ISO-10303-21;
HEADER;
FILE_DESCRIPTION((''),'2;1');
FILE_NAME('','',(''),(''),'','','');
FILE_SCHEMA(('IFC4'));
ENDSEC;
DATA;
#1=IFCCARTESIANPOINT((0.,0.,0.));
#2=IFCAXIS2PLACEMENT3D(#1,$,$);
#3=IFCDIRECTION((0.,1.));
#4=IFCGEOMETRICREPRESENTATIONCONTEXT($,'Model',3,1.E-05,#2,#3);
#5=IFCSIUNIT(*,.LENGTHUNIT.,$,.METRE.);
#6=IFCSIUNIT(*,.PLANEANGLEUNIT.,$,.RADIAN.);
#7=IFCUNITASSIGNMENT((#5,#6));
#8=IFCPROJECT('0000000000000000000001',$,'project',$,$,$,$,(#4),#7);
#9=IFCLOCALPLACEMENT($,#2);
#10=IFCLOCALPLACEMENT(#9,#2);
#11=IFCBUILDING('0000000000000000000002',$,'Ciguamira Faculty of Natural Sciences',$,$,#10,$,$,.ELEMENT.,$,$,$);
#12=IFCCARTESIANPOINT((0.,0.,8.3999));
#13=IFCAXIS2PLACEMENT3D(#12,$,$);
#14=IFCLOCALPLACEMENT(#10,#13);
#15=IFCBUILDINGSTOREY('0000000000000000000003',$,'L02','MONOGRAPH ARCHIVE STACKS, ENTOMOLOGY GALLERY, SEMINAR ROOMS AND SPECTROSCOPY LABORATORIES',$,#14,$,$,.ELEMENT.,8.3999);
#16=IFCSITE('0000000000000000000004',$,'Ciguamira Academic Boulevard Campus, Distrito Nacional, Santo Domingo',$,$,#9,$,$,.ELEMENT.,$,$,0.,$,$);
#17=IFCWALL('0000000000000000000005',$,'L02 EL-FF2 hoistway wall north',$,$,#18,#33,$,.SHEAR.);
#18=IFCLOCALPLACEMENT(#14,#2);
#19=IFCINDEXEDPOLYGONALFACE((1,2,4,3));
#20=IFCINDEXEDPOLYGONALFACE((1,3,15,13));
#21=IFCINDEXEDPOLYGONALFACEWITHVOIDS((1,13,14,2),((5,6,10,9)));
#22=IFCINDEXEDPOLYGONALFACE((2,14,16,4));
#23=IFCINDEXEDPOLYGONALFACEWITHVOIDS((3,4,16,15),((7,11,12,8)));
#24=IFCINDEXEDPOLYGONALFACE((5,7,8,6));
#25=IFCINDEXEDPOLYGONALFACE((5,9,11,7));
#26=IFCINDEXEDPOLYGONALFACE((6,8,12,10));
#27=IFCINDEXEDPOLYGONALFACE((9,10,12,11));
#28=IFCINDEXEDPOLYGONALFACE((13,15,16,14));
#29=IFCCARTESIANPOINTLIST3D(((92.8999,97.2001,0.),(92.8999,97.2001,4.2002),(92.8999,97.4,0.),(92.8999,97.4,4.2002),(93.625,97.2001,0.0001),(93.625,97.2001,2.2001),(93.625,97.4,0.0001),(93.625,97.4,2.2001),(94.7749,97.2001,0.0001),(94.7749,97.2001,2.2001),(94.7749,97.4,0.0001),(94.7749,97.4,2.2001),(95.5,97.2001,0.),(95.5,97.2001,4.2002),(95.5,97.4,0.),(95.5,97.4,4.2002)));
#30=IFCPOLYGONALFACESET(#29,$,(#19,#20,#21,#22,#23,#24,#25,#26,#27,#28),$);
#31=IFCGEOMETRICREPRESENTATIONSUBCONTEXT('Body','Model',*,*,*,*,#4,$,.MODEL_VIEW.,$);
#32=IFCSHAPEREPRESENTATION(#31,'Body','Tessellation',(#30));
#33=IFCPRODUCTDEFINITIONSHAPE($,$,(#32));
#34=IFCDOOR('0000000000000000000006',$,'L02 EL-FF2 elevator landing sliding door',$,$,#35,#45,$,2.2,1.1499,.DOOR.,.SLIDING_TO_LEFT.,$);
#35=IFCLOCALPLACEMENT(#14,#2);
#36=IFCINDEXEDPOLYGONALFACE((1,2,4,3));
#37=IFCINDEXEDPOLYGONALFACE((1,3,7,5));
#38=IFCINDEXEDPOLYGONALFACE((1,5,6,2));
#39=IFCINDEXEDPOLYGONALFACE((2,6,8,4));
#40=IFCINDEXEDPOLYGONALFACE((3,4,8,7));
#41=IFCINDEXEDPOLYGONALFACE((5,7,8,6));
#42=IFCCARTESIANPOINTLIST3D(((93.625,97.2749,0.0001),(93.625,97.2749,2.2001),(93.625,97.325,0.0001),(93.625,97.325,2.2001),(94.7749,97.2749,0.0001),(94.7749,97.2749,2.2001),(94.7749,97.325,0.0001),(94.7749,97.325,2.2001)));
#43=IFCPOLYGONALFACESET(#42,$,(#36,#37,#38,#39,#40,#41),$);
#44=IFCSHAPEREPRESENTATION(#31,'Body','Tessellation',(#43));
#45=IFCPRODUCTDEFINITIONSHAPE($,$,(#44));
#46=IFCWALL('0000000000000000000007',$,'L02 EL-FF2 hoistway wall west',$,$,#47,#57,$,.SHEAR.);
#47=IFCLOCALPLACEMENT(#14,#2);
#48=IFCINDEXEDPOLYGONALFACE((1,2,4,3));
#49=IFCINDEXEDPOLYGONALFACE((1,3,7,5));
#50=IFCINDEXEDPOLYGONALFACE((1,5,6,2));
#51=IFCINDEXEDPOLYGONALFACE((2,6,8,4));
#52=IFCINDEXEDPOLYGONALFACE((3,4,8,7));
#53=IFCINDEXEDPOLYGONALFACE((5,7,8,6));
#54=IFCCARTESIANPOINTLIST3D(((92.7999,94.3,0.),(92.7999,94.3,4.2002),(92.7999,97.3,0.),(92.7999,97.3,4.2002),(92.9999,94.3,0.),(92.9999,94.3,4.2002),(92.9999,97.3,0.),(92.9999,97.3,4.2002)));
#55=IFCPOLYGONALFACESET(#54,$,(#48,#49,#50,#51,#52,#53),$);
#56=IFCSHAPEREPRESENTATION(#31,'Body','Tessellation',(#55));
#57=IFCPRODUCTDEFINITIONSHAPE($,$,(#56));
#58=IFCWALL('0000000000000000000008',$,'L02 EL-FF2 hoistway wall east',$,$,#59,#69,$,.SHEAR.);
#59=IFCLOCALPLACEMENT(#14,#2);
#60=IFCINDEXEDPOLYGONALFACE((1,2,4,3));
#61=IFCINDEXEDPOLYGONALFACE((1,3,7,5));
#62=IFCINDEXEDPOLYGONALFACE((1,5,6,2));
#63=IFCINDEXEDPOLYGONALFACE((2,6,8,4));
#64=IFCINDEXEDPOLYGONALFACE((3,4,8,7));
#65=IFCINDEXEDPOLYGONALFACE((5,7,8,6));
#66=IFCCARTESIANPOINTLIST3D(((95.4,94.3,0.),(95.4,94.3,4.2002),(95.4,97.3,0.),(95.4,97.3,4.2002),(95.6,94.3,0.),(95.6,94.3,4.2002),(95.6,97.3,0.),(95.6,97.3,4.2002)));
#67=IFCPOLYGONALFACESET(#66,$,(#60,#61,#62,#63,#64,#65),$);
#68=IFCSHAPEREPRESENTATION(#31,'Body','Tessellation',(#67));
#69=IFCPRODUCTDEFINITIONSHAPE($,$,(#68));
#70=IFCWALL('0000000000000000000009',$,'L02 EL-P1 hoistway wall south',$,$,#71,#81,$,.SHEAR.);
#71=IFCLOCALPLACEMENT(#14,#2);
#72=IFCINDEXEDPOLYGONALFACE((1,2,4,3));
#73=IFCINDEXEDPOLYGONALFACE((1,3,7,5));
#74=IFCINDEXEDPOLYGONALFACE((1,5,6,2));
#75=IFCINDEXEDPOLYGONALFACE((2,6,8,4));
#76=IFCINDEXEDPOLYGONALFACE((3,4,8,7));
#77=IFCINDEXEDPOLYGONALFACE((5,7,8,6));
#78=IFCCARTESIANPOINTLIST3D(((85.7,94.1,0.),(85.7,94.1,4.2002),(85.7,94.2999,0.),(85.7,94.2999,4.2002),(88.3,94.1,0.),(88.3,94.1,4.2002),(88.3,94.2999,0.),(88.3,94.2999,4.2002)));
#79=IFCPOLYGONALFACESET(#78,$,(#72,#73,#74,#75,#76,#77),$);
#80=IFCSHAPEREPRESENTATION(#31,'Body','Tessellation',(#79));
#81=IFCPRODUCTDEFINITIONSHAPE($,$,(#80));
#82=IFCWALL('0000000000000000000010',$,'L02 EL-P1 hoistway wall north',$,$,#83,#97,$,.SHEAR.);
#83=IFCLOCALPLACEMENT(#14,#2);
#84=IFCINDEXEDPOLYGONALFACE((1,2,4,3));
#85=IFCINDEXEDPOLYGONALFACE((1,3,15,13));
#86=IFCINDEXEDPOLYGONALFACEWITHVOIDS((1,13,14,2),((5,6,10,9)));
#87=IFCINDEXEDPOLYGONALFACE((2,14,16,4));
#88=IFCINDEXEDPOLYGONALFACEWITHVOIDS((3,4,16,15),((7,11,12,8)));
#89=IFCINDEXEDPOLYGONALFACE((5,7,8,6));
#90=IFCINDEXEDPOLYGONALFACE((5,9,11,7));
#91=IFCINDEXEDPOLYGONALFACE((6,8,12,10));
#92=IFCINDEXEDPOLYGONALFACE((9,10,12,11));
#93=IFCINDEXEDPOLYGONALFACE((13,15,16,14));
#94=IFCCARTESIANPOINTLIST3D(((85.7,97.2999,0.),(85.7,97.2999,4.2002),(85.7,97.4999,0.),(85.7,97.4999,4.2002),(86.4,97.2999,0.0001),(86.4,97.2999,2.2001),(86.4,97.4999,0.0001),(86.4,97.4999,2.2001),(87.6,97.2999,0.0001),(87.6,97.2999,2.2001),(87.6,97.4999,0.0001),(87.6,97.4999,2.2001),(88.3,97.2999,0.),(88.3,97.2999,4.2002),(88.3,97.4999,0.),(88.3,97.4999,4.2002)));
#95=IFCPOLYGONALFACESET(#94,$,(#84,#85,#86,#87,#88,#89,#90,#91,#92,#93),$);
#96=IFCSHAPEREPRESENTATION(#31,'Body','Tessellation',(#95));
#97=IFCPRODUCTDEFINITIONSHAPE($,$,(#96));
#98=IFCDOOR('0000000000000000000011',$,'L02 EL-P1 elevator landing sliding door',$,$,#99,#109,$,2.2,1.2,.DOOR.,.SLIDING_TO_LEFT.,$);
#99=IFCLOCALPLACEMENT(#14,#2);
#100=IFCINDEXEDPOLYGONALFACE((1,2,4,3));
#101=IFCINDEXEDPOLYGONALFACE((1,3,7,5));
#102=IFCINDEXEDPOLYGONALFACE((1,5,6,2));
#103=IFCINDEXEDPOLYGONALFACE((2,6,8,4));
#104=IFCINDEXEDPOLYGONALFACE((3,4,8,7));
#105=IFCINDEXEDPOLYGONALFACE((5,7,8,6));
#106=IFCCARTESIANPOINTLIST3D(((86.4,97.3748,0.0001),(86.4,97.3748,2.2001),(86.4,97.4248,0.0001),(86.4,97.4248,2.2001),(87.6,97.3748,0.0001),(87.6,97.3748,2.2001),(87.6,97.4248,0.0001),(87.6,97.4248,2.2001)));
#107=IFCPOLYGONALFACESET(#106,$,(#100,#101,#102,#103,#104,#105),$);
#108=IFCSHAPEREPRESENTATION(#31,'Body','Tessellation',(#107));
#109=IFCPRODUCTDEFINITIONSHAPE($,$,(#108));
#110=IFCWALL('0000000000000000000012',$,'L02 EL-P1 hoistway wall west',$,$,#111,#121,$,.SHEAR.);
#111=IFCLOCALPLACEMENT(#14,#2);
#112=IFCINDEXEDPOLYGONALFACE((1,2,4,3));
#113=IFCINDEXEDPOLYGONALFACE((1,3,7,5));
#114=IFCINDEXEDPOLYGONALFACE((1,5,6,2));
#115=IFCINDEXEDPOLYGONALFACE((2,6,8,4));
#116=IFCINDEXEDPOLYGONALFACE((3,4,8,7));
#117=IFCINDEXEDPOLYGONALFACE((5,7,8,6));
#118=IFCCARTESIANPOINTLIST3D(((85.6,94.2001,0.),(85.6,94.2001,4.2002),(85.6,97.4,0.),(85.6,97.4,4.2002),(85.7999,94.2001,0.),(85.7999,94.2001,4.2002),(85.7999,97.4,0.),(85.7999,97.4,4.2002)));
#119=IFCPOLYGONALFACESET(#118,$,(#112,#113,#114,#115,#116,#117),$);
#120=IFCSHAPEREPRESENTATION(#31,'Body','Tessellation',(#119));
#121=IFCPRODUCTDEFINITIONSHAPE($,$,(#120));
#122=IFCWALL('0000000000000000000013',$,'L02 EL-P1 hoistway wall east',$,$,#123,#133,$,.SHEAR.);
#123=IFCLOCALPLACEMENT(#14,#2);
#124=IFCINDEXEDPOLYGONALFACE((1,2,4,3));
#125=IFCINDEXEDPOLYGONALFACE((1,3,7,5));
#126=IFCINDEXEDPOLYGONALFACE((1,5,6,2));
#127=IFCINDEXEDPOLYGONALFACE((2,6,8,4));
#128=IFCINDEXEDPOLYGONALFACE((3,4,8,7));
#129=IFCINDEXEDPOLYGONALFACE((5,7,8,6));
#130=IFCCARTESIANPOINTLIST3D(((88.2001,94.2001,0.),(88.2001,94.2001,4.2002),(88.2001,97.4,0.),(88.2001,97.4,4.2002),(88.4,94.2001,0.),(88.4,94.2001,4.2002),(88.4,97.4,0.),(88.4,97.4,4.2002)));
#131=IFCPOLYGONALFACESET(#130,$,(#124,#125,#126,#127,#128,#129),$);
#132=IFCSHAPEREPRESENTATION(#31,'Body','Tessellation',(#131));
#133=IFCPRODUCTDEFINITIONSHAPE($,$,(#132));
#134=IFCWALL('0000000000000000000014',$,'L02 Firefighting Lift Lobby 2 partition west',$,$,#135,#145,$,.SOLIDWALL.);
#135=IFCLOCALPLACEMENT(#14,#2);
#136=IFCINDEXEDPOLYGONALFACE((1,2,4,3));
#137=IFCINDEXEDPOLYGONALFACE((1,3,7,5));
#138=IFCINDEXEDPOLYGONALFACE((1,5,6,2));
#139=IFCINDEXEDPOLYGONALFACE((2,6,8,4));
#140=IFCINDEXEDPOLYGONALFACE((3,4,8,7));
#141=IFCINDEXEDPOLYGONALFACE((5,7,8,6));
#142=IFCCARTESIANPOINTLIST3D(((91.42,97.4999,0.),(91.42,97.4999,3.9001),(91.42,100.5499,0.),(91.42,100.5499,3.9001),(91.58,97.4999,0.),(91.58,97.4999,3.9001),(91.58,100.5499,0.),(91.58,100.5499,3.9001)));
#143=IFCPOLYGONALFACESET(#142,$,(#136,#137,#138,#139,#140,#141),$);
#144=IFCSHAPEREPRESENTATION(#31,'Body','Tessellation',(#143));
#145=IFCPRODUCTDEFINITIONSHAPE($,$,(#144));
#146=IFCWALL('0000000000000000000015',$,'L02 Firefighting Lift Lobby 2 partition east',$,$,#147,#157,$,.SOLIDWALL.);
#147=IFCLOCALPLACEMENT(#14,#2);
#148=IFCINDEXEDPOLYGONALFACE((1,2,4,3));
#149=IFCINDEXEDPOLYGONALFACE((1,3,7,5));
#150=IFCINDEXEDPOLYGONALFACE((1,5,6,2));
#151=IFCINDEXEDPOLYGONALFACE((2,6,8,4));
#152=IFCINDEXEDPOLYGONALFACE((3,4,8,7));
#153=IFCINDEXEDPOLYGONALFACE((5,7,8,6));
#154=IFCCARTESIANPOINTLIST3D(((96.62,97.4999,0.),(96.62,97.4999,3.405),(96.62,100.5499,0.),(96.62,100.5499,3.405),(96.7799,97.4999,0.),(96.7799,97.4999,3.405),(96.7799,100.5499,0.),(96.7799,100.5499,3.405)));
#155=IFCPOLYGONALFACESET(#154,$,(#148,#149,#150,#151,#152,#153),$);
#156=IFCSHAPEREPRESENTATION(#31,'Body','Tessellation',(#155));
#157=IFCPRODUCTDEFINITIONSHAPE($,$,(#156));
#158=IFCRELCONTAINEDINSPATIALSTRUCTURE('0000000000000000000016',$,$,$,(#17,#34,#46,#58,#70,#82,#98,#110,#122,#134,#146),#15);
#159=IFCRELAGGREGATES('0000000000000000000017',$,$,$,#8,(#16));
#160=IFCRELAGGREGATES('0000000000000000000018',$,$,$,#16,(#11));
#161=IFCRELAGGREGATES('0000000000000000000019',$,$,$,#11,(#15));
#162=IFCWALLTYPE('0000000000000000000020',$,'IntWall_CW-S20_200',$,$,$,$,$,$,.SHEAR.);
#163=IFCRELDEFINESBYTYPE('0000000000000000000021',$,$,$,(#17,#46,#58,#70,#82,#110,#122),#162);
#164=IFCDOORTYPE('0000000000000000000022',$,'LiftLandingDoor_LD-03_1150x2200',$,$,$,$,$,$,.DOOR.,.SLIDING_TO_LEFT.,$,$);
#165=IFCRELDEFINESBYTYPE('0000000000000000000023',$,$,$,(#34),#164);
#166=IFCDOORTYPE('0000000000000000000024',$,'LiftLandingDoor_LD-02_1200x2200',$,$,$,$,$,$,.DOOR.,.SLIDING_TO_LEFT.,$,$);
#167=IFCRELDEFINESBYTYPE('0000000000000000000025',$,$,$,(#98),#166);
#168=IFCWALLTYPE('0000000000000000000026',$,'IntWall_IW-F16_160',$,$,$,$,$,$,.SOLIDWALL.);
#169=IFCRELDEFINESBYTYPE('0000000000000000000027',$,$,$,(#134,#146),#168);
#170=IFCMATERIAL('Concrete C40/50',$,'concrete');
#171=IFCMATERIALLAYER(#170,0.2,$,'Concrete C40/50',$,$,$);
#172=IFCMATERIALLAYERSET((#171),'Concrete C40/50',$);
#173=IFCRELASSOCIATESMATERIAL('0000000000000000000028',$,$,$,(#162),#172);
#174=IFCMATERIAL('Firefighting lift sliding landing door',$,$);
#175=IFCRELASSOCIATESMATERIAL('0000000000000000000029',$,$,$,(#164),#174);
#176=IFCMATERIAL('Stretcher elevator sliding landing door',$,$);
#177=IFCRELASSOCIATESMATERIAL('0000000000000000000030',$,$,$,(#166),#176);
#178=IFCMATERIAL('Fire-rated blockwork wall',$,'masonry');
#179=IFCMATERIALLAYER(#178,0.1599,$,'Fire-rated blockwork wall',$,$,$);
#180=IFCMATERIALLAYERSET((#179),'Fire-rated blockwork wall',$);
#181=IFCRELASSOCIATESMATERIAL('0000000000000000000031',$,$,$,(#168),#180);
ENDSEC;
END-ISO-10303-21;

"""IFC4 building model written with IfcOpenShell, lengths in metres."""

from ifc_helpers import new_model, si_unit, direction, frame, frame_2d, origin, place, context, subcontext, project, spatial, rectangle, extrude, material, layer, layer_set, type_object, element, fill, save


model = new_model("IFC4")

# Units and contexts
model_context = context("Model", 3, precision=1e-05, world=origin(), true_north=direction((0.0, 1.0)))
body_context = subcontext(model_context, "Body", "Model", "MODEL_VIEW")
ifc_project = project(units=[si_unit("LENGTHUNIT", "METRE"), si_unit("PLANEANGLEUNIT", "RADIAN")], contexts=[model_context])

# Site, building, storey
site_placement = place(None, origin())
site = spatial("IfcSite", under=ifc_project, at=site_placement, Name="Ciguamira Academic Boulevard Campus, Distrito Nacional, Santo Domingo", CompositionType="ELEMENT", RefElevation=0.0)
building_placement = place(site_placement, origin())
building = spatial("IfcBuilding", under=site, at=building_placement, Name="Ciguamira Faculty of Natural Sciences", CompositionType="ELEMENT")
storey_placement = place(building_placement, frame((0.0, 0.0, 8.3999)))
storey = spatial("IfcBuildingStorey", under=building, at=storey_placement, Name="L02", Description="MONOGRAPH ARCHIVE STACKS, ENTOMOLOGY GALLERY, SEMINAR ROOMS AND SPECTROSCOPY LABORATORIES", CompositionType="ELEMENT", Elevation=8.3999)

# Shared definitions
ifc_material_1 = material(Name="Concrete C40/50", Category="concrete")

# Shared definitions
ifc_layer_1 = layer(ifc_material_1, 0.2, Name="Concrete C40/50")
ifc_layer_set_1 = layer_set([ifc_layer_1], Name="Concrete C40/50")
wall_type_1 = type_object("IfcWallType", Name="IntWall_CW-S20_200", PredefinedType="SHEAR", material=ifc_layer_set_1)

# Wall, opening, door
wall_1_placement = place(storey_placement, frame((92.8999, 97.3, 0.0), z_axis=(0.0, 0.0, 1.0), x_axis=(1.0, 0.0, 0.0)))
wall_1 = element("IfcWall", 1, at=wall_1_placement, inside=storey, type_object=wall_type_1, Name="L02 EL-FF2 hoistway wall north", PredefinedType="SHEAR", context=body_context, shape_type="SweptSolid", body=[
    extrude(rectangle(XDim=2.6001, YDim=0.2, at=frame_2d((1.3, 0.0))), origin(), (0.0, 0.0, 1.0), 4.2002),
])
opening_1_placement = place(wall_1_placement, frame((0.7251, 0.0, 0.0)))
opening_1 = element("IfcOpeningElement", 2, at=opening_1_placement, cuts=wall_1, PredefinedType="OPENING", context=body_context, shape_type="SweptSolid", body=[
    extrude(rectangle(XDim=1.1499, YDim=2.2, at=frame_2d((0.575, 1.1001))), frame((0.0, 0.1099, 0.0), z_axis=(0.0, -1.0, 0.0), x_axis=(1.0, 0.0, 0.0)), (0.0, 0.0, 1.0), 0.22),
])
ifc_material_2 = material(Name="Firefighting lift sliding landing door")
door_type_1 = type_object("IfcDoorType", Name="LiftLandingDoor_LD-03_1150x2200", OperationType="SLIDING_TO_LEFT", PredefinedType="DOOR", material=ifc_material_2)
door_1_placement = place(opening_1_placement, origin())
door_1 = element("IfcDoor", 3, at=door_1_placement, inside=storey, type_object=door_type_1, Name="L02 EL-FF2 elevator landing sliding door", OperationType="SLIDING_TO_LEFT", OverallHeight=2.2, OverallWidth=1.1499, PredefinedType="DOOR", context=body_context, shape_type="SweptSolid", body=[
    extrude(rectangle(XDim=1.1499, YDim=2.2, at=frame_2d((0.575, 1.1001))), frame((0.0, 0.0249, 0.0), z_axis=(0.0, -1.0, 0.0), x_axis=(1.0, 0.0, 0.0)), (0.0, 0.0, 1.0), 0.05),
])
fill(opening_1, door_1)

# Walls
for number, where, z_axis, x_axis, name in (
    (4, (92.8999, 94.3, 0.0), (0.0, 0.0, 1.0), (0.0, 1.0, 0.0), "L02 EL-FF2 hoistway wall west"),
    (5, (95.5, 94.3, 0.0), (0.0, 0.0, 1.0), (0.0, 1.0, 0.0), "L02 EL-FF2 hoistway wall east"),
):
    element("IfcWall", number, at=place(storey_placement, frame(where, z_axis=z_axis, x_axis=x_axis)), inside=storey, type_object=wall_type_1, Name=name, PredefinedType="SHEAR", context=body_context, shape_type="SweptSolid", body=[
        extrude(rectangle(XDim=3.0, YDim=0.2, at=frame_2d((1.5, 0.0))), origin(), (0.0, 0.0, 1.0), 4.2002),
    ])
wall_2_placement = place(storey_placement, frame((85.7, 94.2, 0.0), z_axis=(0.0, 0.0, 1.0), x_axis=(1.0, 0.0, 0.0)))
element("IfcWall", 6, at=wall_2_placement, inside=storey, type_object=wall_type_1, Name="L02 EL-P1 hoistway wall south", PredefinedType="SHEAR", context=body_context, shape_type="SweptSolid", body=[
    extrude(rectangle(XDim=2.6001, YDim=0.2, at=frame_2d((1.3, 0.0))), origin(), (0.0, 0.0, 1.0), 4.2002),
])

# Wall, opening, door
wall_3_placement = place(storey_placement, frame((85.7, 97.3999, 0.0), z_axis=(0.0, 0.0, 1.0), x_axis=(1.0, 0.0, 0.0)))
wall_3 = element("IfcWall", 7, at=wall_3_placement, inside=storey, type_object=wall_type_1, Name="L02 EL-P1 hoistway wall north", PredefinedType="SHEAR", context=body_context, shape_type="SweptSolid", body=[
    extrude(rectangle(XDim=2.6001, YDim=0.2, at=frame_2d((1.3, 0.0))), origin(), (0.0, 0.0, 1.0), 4.2002),
])
opening_2_placement = place(wall_3_placement, frame((0.7, 0.0, 0.0)))
opening_2 = element("IfcOpeningElement", 8, at=opening_2_placement, cuts=wall_3, PredefinedType="OPENING", context=body_context, shape_type="SweptSolid", body=[
    extrude(rectangle(XDim=1.2, YDim=2.2, at=frame_2d((0.6001, 1.1001))), frame((0.0, 0.1099, 0.0), z_axis=(0.0, -1.0, 0.0), x_axis=(1.0, 0.0, 0.0)), (0.0, 0.0, 1.0), 0.22),
])
ifc_material_3 = material(Name="Stretcher elevator sliding landing door")
door_type_2 = type_object("IfcDoorType", Name="LiftLandingDoor_LD-02_1200x2200", OperationType="SLIDING_TO_LEFT", PredefinedType="DOOR", material=ifc_material_3)
door_2_placement = place(opening_2_placement, origin())
door_2 = element("IfcDoor", 9, at=door_2_placement, inside=storey, type_object=door_type_2, Name="L02 EL-P1 elevator landing sliding door", OperationType="SLIDING_TO_LEFT", OverallHeight=2.2, OverallWidth=1.2, PredefinedType="DOOR", context=body_context, shape_type="SweptSolid", body=[
    extrude(rectangle(XDim=1.2, YDim=2.2, at=frame_2d((0.6001, 1.1001))), frame((0.0, 0.0249, 0.0), z_axis=(0.0, -1.0, 0.0), x_axis=(1.0, 0.0, 0.0)), (0.0, 0.0, 1.0), 0.05),
])
fill(opening_2, door_2)

# Walls
for number, where, z_axis, x_axis, name in (
    (10, (85.7, 94.2, 0.0), (0.0, 0.0, 1.0), (0.0, 1.0, 0.0), "L02 EL-P1 hoistway wall west"),
    (11, (88.3, 94.2, 0.0), (0.0, 0.0, 1.0), (0.0, 1.0, 0.0), "L02 EL-P1 hoistway wall east"),
):
    element("IfcWall", number, at=place(storey_placement, frame(where, z_axis=z_axis, x_axis=x_axis)), inside=storey, type_object=wall_type_1, Name=name, PredefinedType="SHEAR", context=body_context, shape_type="SweptSolid", body=[
        extrude(rectangle(XDim=3.2, YDim=0.2, at=frame_2d((1.6001, 0.0))), origin(), (0.0, 0.0, 1.0), 4.2002),
    ])

# Shared definitions
ifc_material_4 = material(Name="Fire-rated blockwork wall", Category="masonry")
ifc_layer_2 = layer(ifc_material_4, 0.1599, Name="Fire-rated blockwork wall")
ifc_layer_set_2 = layer_set([ifc_layer_2], Name="Fire-rated blockwork wall")
wall_type_2 = type_object("IfcWallType", Name="IntWall_IW-F16_160", PredefinedType="SOLIDWALL", material=ifc_layer_set_2)

# Walls
wall_4_placement = place(storey_placement, frame((91.5, 97.5, 0.0), z_axis=(0.0, 0.0, 1.0), x_axis=(0.0, 1.0, 0.0)))
element("IfcWall", 12, at=wall_4_placement, inside=storey, type_object=wall_type_2, Name="L02 Firefighting Lift Lobby 2 partition west", PredefinedType="SOLIDWALL", context=body_context, shape_type="SweptSolid", body=[
    extrude(rectangle(XDim=3.05, YDim=0.1599, at=frame_2d((1.5249, 0.0))), origin(), (0.0, 0.0, 1.0), 3.9001),
])
wall_5_placement = place(storey_placement, frame((96.7, 97.5, 0.0), z_axis=(0.0, 0.0, 1.0), x_axis=(0.0, 1.0, 0.0)))
element("IfcWall", 13, at=wall_5_placement, inside=storey, type_object=wall_type_2, Name="L02 Firefighting Lift Lobby 2 partition east", PredefinedType="SOLIDWALL", context=body_context, shape_type="SweptSolid", body=[
    extrude(rectangle(XDim=3.05, YDim=0.1599, at=frame_2d((1.5249, 0.0))), origin(), (0.0, 0.0, 1.0), 3.405),
])

save(model, "model.ifc")
